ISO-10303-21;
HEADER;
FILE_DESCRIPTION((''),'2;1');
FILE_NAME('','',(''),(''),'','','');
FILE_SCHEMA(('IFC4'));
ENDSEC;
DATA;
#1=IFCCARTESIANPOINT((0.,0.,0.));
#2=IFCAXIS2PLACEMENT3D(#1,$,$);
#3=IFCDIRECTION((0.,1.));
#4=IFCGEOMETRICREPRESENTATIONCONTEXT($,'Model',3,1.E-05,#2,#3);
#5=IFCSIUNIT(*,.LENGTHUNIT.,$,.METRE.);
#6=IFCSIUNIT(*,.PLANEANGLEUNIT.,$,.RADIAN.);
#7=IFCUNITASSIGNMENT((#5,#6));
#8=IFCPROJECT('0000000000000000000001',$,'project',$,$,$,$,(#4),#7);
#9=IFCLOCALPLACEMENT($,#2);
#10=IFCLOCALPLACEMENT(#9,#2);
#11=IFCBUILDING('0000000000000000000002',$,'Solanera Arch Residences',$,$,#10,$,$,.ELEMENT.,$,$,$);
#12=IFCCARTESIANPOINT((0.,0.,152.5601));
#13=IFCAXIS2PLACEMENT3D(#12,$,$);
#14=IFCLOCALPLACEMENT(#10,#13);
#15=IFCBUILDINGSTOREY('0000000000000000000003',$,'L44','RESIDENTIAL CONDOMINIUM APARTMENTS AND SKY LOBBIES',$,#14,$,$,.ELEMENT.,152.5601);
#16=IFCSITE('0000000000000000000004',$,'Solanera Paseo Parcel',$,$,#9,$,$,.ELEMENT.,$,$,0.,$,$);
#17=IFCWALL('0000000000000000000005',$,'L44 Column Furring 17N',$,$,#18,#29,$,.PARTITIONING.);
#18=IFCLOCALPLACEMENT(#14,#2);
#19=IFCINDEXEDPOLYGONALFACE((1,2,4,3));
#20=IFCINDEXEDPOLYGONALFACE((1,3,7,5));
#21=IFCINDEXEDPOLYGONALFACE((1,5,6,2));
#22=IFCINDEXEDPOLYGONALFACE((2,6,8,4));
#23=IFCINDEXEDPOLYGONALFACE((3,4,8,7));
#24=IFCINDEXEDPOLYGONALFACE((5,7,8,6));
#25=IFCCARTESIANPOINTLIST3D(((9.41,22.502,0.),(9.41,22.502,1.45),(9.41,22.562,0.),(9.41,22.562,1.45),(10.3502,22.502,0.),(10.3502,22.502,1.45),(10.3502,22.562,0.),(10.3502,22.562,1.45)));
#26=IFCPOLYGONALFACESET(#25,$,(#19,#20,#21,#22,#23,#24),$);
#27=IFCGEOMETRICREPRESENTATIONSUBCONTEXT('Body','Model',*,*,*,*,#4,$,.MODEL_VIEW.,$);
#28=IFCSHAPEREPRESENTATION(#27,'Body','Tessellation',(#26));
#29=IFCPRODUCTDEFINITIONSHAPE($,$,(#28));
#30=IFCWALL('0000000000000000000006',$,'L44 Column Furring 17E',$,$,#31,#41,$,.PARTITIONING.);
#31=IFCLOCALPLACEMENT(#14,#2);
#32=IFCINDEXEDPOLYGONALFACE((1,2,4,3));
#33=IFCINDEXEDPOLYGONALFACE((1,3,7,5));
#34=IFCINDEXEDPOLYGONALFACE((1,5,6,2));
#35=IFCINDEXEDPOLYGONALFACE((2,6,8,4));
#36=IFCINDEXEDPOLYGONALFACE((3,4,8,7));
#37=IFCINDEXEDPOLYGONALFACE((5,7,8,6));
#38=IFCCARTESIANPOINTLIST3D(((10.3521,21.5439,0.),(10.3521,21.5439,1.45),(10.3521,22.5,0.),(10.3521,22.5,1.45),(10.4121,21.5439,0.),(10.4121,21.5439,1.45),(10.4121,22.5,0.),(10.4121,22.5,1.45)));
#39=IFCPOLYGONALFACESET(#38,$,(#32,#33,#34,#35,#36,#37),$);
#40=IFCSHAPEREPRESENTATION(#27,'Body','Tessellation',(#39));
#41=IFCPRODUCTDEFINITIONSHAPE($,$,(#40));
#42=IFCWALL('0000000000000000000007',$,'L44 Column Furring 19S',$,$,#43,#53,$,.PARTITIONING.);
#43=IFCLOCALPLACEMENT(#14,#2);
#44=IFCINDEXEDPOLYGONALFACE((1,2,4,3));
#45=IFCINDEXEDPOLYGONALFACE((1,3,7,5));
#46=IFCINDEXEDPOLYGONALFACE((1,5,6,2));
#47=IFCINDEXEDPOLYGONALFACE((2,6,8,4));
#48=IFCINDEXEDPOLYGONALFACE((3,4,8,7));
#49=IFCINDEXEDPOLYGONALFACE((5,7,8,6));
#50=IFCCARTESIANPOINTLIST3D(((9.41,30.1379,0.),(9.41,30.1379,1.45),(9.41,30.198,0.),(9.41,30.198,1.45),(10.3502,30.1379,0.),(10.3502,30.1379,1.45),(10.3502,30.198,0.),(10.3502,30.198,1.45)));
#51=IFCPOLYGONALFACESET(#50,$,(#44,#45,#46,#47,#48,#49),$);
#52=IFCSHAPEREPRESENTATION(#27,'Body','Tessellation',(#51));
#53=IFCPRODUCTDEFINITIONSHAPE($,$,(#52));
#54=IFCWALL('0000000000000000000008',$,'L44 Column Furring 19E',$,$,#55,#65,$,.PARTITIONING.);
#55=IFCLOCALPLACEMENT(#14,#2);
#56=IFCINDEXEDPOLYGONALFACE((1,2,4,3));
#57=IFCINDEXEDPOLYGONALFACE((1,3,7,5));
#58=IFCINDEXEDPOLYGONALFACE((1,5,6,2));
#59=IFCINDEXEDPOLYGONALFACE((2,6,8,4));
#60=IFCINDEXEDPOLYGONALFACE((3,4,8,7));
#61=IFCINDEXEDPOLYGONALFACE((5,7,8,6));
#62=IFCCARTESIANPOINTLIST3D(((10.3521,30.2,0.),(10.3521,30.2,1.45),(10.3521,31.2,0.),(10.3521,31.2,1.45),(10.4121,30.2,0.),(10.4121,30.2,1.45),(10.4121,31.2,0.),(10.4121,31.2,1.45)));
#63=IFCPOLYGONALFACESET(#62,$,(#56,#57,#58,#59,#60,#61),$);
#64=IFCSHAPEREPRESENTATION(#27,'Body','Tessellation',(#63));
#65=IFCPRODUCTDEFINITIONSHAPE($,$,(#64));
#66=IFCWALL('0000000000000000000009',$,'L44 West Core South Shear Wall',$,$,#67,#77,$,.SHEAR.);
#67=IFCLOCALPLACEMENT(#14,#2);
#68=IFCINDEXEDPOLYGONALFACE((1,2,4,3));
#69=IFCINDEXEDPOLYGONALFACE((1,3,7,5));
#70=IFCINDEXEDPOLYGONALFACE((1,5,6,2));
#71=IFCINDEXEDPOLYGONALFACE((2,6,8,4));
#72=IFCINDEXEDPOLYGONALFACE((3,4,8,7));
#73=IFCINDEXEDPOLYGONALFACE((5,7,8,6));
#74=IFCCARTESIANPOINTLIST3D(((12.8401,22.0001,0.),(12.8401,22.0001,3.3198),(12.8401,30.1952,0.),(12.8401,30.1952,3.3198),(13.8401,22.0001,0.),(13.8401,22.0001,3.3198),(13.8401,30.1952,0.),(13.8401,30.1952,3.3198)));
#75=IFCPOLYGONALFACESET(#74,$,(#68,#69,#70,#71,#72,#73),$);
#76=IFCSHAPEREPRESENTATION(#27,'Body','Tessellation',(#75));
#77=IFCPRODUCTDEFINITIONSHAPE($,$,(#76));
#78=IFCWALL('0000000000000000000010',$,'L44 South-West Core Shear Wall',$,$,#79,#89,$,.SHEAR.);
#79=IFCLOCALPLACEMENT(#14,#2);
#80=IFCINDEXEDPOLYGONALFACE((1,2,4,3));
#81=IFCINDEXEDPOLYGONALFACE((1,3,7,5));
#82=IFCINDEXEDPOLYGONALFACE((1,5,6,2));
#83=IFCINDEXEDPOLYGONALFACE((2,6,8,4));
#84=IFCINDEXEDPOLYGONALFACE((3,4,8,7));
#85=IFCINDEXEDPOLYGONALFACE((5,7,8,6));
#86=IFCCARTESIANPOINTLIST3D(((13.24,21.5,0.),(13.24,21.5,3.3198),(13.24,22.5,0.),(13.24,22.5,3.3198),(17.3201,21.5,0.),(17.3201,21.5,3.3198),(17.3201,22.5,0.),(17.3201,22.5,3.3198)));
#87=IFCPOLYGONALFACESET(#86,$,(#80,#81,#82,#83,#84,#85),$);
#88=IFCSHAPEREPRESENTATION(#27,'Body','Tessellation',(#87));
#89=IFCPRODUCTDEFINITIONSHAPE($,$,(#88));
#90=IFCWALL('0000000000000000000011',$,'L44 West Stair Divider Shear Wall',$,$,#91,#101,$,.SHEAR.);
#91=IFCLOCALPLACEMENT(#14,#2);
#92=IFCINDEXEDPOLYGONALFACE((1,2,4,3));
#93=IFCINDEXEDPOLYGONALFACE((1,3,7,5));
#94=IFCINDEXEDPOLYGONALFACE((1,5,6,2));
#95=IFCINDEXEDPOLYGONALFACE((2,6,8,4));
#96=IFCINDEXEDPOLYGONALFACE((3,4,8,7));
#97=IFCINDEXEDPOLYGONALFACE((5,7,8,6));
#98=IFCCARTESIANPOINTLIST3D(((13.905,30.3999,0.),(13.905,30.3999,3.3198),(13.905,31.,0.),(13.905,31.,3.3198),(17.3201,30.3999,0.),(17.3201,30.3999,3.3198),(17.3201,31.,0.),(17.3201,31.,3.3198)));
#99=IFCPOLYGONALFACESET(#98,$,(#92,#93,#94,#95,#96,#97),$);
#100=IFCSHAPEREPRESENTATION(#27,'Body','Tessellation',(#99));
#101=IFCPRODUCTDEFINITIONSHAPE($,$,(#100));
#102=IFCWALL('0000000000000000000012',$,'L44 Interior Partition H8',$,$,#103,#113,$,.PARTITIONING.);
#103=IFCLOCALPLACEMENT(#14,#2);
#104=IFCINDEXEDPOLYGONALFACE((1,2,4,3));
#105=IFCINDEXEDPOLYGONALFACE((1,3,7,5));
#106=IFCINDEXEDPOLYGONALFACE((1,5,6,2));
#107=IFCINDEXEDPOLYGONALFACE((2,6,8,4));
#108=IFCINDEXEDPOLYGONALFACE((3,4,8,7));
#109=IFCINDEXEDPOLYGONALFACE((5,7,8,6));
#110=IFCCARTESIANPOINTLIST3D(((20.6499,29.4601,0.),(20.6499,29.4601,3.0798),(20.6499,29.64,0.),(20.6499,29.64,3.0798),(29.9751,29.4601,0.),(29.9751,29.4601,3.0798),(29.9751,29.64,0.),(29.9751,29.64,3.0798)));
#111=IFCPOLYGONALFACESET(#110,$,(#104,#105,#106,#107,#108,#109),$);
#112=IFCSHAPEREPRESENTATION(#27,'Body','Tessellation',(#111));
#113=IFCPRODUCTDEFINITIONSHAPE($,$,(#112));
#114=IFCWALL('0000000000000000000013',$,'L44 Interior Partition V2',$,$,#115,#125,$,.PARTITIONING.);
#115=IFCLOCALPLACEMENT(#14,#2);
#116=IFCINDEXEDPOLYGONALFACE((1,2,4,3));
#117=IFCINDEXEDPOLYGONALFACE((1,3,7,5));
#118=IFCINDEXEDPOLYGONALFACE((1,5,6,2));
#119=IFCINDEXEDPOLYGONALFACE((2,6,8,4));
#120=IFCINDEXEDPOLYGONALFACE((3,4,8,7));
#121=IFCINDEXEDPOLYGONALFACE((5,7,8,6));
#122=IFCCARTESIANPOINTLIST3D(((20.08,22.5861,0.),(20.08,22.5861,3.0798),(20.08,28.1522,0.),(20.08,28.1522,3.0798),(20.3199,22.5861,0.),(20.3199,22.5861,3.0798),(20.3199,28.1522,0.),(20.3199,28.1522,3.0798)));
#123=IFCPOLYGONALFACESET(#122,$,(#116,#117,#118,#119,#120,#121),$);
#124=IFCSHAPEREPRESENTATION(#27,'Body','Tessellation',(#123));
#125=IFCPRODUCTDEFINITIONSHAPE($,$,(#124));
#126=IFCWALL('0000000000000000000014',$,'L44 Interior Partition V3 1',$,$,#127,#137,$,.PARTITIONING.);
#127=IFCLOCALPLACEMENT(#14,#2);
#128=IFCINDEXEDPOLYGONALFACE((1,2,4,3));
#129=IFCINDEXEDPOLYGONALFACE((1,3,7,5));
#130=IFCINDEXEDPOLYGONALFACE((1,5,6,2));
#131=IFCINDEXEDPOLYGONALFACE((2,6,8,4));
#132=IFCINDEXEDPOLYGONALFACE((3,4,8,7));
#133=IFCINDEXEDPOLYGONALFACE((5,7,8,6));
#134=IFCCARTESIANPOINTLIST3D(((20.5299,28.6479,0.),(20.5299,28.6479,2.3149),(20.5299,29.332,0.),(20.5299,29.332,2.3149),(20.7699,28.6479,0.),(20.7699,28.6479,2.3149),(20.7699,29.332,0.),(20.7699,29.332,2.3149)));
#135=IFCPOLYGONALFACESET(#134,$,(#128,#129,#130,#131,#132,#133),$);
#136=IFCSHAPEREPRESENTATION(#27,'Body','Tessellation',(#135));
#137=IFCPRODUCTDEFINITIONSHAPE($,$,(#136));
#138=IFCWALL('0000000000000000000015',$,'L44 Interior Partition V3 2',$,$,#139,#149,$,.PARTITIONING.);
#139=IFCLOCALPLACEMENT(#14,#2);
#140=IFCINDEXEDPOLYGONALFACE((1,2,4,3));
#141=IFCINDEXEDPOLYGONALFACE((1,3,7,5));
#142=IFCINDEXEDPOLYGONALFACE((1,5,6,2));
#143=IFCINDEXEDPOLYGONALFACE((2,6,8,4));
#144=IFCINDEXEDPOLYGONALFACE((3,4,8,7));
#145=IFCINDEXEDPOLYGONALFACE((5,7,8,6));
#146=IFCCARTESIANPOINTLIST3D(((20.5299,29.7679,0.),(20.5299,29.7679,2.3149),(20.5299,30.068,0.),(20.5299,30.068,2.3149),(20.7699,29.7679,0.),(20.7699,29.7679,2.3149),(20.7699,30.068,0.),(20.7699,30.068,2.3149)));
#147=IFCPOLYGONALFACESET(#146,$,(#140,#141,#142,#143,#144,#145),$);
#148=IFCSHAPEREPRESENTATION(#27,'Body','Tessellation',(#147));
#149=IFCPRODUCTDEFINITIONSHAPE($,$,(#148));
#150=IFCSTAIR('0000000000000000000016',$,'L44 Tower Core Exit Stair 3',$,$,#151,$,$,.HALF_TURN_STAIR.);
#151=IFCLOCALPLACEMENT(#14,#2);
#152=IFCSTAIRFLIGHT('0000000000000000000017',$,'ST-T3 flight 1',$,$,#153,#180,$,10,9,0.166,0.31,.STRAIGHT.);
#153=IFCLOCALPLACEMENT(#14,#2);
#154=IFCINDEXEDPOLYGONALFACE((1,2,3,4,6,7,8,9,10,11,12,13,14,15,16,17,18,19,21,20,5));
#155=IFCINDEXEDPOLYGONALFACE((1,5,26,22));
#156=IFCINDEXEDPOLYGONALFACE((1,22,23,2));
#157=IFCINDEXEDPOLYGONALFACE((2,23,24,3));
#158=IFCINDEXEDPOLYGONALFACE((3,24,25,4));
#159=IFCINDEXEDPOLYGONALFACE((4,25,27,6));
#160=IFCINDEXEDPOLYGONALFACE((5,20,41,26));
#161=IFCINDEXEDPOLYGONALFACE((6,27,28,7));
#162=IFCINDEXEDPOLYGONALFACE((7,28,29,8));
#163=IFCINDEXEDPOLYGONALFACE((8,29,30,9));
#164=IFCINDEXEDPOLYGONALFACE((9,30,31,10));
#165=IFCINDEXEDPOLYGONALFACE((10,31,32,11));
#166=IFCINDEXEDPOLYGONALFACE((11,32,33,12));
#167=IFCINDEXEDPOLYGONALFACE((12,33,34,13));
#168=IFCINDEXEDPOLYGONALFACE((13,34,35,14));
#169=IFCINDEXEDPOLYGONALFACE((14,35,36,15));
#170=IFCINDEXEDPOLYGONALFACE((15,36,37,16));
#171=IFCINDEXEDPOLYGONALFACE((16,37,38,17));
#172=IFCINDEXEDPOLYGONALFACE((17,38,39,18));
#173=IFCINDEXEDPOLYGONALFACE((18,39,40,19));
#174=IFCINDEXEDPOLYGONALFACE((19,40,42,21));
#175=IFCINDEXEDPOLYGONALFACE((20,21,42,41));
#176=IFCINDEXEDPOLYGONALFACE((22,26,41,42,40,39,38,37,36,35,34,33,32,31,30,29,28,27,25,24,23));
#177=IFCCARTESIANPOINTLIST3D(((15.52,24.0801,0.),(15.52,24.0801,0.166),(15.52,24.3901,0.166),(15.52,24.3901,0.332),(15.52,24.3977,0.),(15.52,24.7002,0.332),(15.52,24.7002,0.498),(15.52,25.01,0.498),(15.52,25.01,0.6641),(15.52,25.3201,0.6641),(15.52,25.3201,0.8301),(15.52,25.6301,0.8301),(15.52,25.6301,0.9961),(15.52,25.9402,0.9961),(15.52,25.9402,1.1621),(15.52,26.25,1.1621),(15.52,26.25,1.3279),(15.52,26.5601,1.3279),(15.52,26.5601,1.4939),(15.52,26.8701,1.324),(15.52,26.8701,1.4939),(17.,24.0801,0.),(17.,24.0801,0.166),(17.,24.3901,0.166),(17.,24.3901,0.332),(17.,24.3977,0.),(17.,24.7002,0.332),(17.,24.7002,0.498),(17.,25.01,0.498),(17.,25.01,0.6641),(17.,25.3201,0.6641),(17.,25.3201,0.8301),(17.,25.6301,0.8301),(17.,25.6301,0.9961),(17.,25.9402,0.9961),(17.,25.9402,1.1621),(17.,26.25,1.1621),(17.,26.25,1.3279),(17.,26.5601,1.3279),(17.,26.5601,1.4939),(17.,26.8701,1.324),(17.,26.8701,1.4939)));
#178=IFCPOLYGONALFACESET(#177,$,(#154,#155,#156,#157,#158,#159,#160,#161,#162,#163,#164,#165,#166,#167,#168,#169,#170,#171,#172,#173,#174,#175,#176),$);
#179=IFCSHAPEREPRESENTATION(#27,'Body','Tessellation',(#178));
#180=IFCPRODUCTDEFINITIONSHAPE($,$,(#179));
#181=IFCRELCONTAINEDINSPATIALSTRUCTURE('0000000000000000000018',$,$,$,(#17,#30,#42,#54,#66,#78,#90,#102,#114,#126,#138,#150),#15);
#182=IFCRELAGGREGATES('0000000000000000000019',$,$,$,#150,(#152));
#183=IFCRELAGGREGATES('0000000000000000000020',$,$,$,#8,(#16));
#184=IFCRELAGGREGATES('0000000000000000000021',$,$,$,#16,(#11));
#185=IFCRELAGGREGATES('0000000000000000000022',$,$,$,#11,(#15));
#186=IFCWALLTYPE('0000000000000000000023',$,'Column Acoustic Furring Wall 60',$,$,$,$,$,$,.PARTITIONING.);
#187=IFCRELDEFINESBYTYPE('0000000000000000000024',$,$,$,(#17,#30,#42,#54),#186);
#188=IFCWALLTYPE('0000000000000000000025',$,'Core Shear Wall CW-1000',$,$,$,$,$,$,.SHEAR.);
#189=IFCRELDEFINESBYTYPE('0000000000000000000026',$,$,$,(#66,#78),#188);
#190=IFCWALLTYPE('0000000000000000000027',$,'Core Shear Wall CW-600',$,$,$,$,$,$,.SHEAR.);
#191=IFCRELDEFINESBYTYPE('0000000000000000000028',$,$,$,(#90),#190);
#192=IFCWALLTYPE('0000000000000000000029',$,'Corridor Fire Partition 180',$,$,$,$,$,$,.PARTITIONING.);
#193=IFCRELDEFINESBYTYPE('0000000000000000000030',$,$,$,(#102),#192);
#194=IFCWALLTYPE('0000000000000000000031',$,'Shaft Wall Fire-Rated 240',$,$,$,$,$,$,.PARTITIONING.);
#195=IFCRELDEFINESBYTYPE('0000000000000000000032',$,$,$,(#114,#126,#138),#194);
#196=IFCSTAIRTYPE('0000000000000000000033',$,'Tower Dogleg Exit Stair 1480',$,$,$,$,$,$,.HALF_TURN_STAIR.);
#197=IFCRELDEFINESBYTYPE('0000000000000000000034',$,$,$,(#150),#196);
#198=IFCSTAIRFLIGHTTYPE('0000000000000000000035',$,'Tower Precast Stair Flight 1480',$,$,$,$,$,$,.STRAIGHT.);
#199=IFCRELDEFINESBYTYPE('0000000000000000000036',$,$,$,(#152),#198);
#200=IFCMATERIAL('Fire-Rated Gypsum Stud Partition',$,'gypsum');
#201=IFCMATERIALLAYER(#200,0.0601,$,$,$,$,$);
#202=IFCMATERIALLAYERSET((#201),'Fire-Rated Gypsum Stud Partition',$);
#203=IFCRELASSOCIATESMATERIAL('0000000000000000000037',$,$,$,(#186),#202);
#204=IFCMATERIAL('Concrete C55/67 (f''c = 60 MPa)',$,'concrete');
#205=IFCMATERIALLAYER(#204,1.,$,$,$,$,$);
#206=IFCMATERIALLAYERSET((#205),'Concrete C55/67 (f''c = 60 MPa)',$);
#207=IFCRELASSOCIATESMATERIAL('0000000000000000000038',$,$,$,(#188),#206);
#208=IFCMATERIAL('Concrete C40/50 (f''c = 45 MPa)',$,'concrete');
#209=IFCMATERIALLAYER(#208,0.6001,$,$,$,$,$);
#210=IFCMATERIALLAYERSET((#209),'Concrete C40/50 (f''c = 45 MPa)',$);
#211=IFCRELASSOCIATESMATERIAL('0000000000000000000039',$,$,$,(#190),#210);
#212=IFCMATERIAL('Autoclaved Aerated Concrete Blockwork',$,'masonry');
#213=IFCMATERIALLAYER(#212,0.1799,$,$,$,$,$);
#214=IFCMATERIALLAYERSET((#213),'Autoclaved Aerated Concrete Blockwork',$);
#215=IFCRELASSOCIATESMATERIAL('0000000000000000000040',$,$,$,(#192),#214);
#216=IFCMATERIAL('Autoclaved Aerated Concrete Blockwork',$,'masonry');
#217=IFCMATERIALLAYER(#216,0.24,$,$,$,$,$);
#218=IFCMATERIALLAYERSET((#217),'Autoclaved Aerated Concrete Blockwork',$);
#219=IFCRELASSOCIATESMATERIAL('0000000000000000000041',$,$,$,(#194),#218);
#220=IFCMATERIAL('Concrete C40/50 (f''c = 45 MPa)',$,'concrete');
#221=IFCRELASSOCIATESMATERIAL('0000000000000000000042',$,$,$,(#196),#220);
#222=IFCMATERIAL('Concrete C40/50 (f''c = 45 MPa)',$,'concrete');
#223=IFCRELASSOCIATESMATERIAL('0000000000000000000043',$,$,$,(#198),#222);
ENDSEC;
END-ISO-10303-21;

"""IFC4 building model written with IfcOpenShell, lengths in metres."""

from ifc_helpers import new_model, si_unit, direction, frame, frame_2d, origin, place, context, subcontext, project, spatial, polyline, rectangle, outline, extrude, material, layer, layer_set, type_object, element, aggregate, save


model = new_model("IFC4")

# Units and contexts
model_context = context("Model", 3, precision=1e-05, world=origin(), true_north=direction((0.0, 1.0)))
body_context = subcontext(model_context, "Body", "Model", "MODEL_VIEW")
ifc_project = project(units=[si_unit("LENGTHUNIT", "METRE"), si_unit("PLANEANGLEUNIT", "RADIAN")], contexts=[model_context])

# Site, building, storey
site_placement = place(None, origin())
site = spatial("IfcSite", under=ifc_project, at=site_placement, Name="Solanera Paseo Parcel", CompositionType="ELEMENT", RefElevation=0.0)
building_placement = place(site_placement, origin())
building = spatial("IfcBuilding", under=site, at=building_placement, Name="Solanera Arch Residences", CompositionType="ELEMENT")
storey_placement = place(building_placement, frame((0.0, 0.0, 152.5601)))
storey = spatial("IfcBuildingStorey", under=building, at=storey_placement, Name="L44", Description="RESIDENTIAL CONDOMINIUM APARTMENTS AND SKY LOBBIES", CompositionType="ELEMENT", Elevation=152.5601)

# Walls
ifc_material_1 = material(Name="Fire-Rated Gypsum Stud Partition", Category="gypsum")
ifc_layer_1 = layer(ifc_material_1, 0.0601)
ifc_layer_set_1 = layer_set([ifc_layer_1], Name="Fire-Rated Gypsum Stud Partition")
wall_type_1 = type_object("IfcWallType", Name="Column Acoustic Furring Wall 60", PredefinedType="PARTITIONING", material=ifc_layer_set_1)
wall_1_placement = place(storey_placement, frame((9.4099, 22.532, 0.0), z_axis=(0.0, 0.0, 1.0), x_axis=(1.0, 0.0, 0.0)))
element("IfcWall", 1, at=wall_1_placement, inside=storey, type_object=wall_type_1, Name="L44 Column Furring 17N", PredefinedType="PARTITIONING", context=body_context, shape_type="SweptSolid", body=[
    extrude(rectangle(XDim=0.9402, YDim=0.0601, at=frame_2d((0.4702, 0.0))), origin(), (0.0, 0.0, 1.0), 1.45),
])
wall_2_placement = place(storey_placement, frame((10.3821, 21.5439, 0.0), z_axis=(0.0, 0.0, 1.0), x_axis=(0.0, 1.0, 0.0)))
element("IfcWall", 2, at=wall_2_placement, inside=storey, type_object=wall_type_1, Name="L44 Column Furring 17E", PredefinedType="PARTITIONING", context=body_context, shape_type="SweptSolid", body=[
    extrude(rectangle(XDim=0.9561, YDim=0.0601, at=frame_2d((0.478, 0.0))), origin(), (0.0, 0.0, 1.0), 1.45),
])
wall_3_placement = place(storey_placement, frame((9.4099, 30.168, 0.0), z_axis=(0.0, 0.0, 1.0), x_axis=(1.0, 0.0, 0.0)))
element("IfcWall", 3, at=wall_3_placement, inside=storey, type_object=wall_type_1, Name="L44 Column Furring 19S", PredefinedType="PARTITIONING", context=body_context, shape_type="SweptSolid", body=[
    extrude(rectangle(XDim=0.9402, YDim=0.0601, at=frame_2d((0.4702, 0.0))), origin(), (0.0, 0.0, 1.0), 1.45),
])
wall_4_placement = place(storey_placement, frame((10.3821, 30.2, 0.0), z_axis=(0.0, 0.0, 1.0), x_axis=(0.0, 1.0, 0.0)))
element("IfcWall", 4, at=wall_4_placement, inside=storey, type_object=wall_type_1, Name="L44 Column Furring 19E", PredefinedType="PARTITIONING", context=body_context, shape_type="SweptSolid", body=[
    extrude(rectangle(XDim=1.0, YDim=0.0601, at=frame_2d((0.5, 0.0))), origin(), (0.0, 0.0, 1.0), 1.45),
])
ifc_material_2 = material(Name="Concrete C55/67 (f'c = 60 MPa)", Category="concrete")
ifc_layer_2 = layer(ifc_material_2, 1.0)
ifc_layer_set_2 = layer_set([ifc_layer_2], Name="Concrete C55/67 (f'c = 60 MPa)")
wall_type_2 = type_object("IfcWallType", Name="Core Shear Wall CW-1000", PredefinedType="SHEAR", material=ifc_layer_set_2)
wall_5_placement = place(storey_placement, frame((13.3401, 22.0, 0.0), z_axis=(0.0, 0.0, 1.0), x_axis=(0.0, 1.0, 0.0)))
element("IfcWall", 5, at=wall_5_placement, inside=storey, type_object=wall_type_2, Name="L44 West Core South Shear Wall", PredefinedType="SHEAR", context=body_context, shape_type="SweptSolid", body=[
    extrude(rectangle(XDim=8.1951, YDim=1.0, at=frame_2d((4.0977, 0.0))), origin(), (0.0, 0.0, 1.0), 3.3198),
])
wall_6_placement = place(storey_placement, frame((13.24, 22.0, 0.0), z_axis=(0.0, 0.0, 1.0), x_axis=(1.0, 0.0, 0.0)))
element("IfcWall", 6, at=wall_6_placement, inside=storey, type_object=wall_type_2, Name="L44 South-West Core Shear Wall", PredefinedType="SHEAR", context=body_context, shape_type="SweptSolid", body=[
    extrude(rectangle(XDim=4.0801, YDim=1.0, at=frame_2d((2.04, 0.0))), origin(), (0.0, 0.0, 1.0), 3.3198),
])

# Walls
ifc_material_3 = material(Name="Concrete C40/50 (f'c = 45 MPa)", Category="concrete")
ifc_layer_3 = layer(ifc_material_3, 0.6001)
ifc_layer_set_3 = layer_set([ifc_layer_3], Name="Concrete C40/50 (f'c = 45 MPa)")
wall_type_3 = type_object("IfcWallType", Name="Core Shear Wall CW-600", PredefinedType="SHEAR", material=ifc_layer_set_3)
wall_7_placement = place(storey_placement, frame((13.905, 30.7, 0.0), z_axis=(0.0, 0.0, 1.0), x_axis=(1.0, 0.0, 0.0)))
element("IfcWall", 7, at=wall_7_placement, inside=storey, type_object=wall_type_3, Name="L44 West Stair Divider Shear Wall", PredefinedType="SHEAR", context=body_context, shape_type="SweptSolid", body=[
    extrude(rectangle(XDim=3.415, YDim=0.6001, at=frame_2d((1.7075, 0.0))), origin(), (0.0, 0.0, 1.0), 3.3198),
])
ifc_material_4 = material(Name="Autoclaved Aerated Concrete Blockwork", Category="masonry")
ifc_layer_4 = layer(ifc_material_4, 0.1799)
ifc_layer_set_4 = layer_set([ifc_layer_4], Name="Autoclaved Aerated Concrete Blockwork")
wall_type_4 = type_object("IfcWallType", Name="Corridor Fire Partition 180", PredefinedType="PARTITIONING", material=ifc_layer_set_4)
wall_8_placement = place(storey_placement, frame((20.6499, 29.55, 0.0), z_axis=(0.0, 0.0, 1.0), x_axis=(1.0, 0.0, 0.0)))
element("IfcWall", 8, at=wall_8_placement, inside=storey, type_object=wall_type_4, Name="L44 Interior Partition H8", PredefinedType="PARTITIONING", context=body_context, shape_type="SweptSolid", body=[
    extrude(rectangle(XDim=9.3252, YDim=0.1799, at=frame_2d((4.6626, 0.0))), origin(), (0.0, 0.0, 1.0), 3.0798),
])

# Shared definitions
ifc_material_5 = material(Name="Autoclaved Aerated Concrete Blockwork", Category="masonry")
ifc_layer_5 = layer(ifc_material_5, 0.24)
ifc_layer_set_5 = layer_set([ifc_layer_5], Name="Autoclaved Aerated Concrete Blockwork")
wall_type_5 = type_object("IfcWallType", Name="Shaft Wall Fire-Rated 240", PredefinedType="PARTITIONING", material=ifc_layer_set_5)

# Walls
wall_9_placement = place(storey_placement, frame((20.2, 22.5859, 0.0), z_axis=(0.0, 0.0, 1.0), x_axis=(0.0, 1.0, 0.0)))
element("IfcWall", 9, at=wall_9_placement, inside=storey, type_object=wall_type_5, Name="L44 Interior Partition V2", PredefinedType="PARTITIONING", context=body_context, shape_type="SweptSolid", body=[
    extrude(rectangle(XDim=5.5662, YDim=0.24, at=frame_2d((2.7832, 0.0))), origin(), (0.0, 0.0, 1.0), 3.0798),
])
wall_10_placement = place(storey_placement, frame((20.6499, 28.6479, 0.0), z_axis=(0.0, 0.0, 1.0), x_axis=(0.0, 1.0, 0.0)))
element("IfcWall", 10, at=wall_10_placement, inside=storey, type_object=wall_type_5, Name="L44 Interior Partition V3 1", PredefinedType="PARTITIONING", context=body_context, shape_type="SweptSolid", body=[
    extrude(rectangle(XDim=0.6841, YDim=0.24, at=frame_2d((0.342, 0.0))), origin(), (0.0, 0.0, 1.0), 2.3149),
])
wall_11_placement = place(storey_placement, frame((20.6499, 29.7681, 0.0), z_axis=(0.0, 0.0, 1.0), x_axis=(0.0, 1.0, 0.0)))
element("IfcWall", 11, at=wall_11_placement, inside=storey, type_object=wall_type_5, Name="L44 Interior Partition V3 2", PredefinedType="PARTITIONING", context=body_context, shape_type="SweptSolid", body=[
    extrude(rectangle(XDim=0.3, YDim=0.24, at=frame_2d((0.1499, 0.0))), origin(), (0.0, 0.0, 1.0), 2.3149),
])

# Stair, stair flight
ifc_material_6 = material(Name="Concrete C40/50 (f'c = 45 MPa)", Category="concrete")
stair_type = type_object("IfcStairType", Name="Tower Dogleg Exit Stair 1480", PredefinedType="HALF_TURN_STAIR", material=ifc_material_6)
stair_placement = place(storey_placement, origin())
stair = element("IfcStair", 12, at=stair_placement, inside=storey, type_object=stair_type, Name="L44 Tower Core Exit Stair 3", PredefinedType="HALF_TURN_STAIR")
ifc_material_7 = material(Name="Concrete C40/50 (f'c = 45 MPa)", Category="concrete")
stair_flight_type = type_object("IfcStairFlightType", Name="Tower Precast Stair Flight 1480", PredefinedType="STRAIGHT", material=ifc_material_7)
stair_flight_1_placement = place(storey_placement, frame((16.26, 24.0801, 0.0), z_axis=(0.0, 0.0, 1.0), x_axis=(0.0, 1.0, 0.0)))
stair_flight_1 = element("IfcStairFlight", 13, at=stair_flight_1_placement, type_object=stair_flight_type, Name="ST-T3 flight 1", NumberOfRisers=10, NumberOfTreads=9, PredefinedType="STRAIGHT", RiserHeight=0.166, TreadLength=0.31, context=body_context, shape_type="SweptSolid", body=[
    extrude(outline(polyline([(0.0, 0.0), (0.0, 0.166), (0.3101, 0.166), (0.3101, 0.332), (0.6201, 0.332), (0.6201, 0.498), (0.9299, 0.498), (0.9299, 0.6641), (1.24, 0.6641), (1.24, 0.8301), (1.55, 0.8301), (1.55, 0.9961), (1.8601, 0.9961), (1.8601, 1.1621), (2.1699, 1.1621), (2.1699, 1.3279), (2.48, 1.3279), (2.48, 1.4939), (2.79, 1.4939), (2.79, 1.6599), (2.79, 1.324), (0.3176, 0.0), (0.0, 0.0)])), frame((0.0, 0.74, 0.0), z_axis=(0.0, -1.0, 0.0), x_axis=(1.0, 0.0, 0.0)), (0.0, 0.0, 1.0), 1.48),
])
aggregate(stair, [stair_flight_1])

save(model, "model.ifc")
